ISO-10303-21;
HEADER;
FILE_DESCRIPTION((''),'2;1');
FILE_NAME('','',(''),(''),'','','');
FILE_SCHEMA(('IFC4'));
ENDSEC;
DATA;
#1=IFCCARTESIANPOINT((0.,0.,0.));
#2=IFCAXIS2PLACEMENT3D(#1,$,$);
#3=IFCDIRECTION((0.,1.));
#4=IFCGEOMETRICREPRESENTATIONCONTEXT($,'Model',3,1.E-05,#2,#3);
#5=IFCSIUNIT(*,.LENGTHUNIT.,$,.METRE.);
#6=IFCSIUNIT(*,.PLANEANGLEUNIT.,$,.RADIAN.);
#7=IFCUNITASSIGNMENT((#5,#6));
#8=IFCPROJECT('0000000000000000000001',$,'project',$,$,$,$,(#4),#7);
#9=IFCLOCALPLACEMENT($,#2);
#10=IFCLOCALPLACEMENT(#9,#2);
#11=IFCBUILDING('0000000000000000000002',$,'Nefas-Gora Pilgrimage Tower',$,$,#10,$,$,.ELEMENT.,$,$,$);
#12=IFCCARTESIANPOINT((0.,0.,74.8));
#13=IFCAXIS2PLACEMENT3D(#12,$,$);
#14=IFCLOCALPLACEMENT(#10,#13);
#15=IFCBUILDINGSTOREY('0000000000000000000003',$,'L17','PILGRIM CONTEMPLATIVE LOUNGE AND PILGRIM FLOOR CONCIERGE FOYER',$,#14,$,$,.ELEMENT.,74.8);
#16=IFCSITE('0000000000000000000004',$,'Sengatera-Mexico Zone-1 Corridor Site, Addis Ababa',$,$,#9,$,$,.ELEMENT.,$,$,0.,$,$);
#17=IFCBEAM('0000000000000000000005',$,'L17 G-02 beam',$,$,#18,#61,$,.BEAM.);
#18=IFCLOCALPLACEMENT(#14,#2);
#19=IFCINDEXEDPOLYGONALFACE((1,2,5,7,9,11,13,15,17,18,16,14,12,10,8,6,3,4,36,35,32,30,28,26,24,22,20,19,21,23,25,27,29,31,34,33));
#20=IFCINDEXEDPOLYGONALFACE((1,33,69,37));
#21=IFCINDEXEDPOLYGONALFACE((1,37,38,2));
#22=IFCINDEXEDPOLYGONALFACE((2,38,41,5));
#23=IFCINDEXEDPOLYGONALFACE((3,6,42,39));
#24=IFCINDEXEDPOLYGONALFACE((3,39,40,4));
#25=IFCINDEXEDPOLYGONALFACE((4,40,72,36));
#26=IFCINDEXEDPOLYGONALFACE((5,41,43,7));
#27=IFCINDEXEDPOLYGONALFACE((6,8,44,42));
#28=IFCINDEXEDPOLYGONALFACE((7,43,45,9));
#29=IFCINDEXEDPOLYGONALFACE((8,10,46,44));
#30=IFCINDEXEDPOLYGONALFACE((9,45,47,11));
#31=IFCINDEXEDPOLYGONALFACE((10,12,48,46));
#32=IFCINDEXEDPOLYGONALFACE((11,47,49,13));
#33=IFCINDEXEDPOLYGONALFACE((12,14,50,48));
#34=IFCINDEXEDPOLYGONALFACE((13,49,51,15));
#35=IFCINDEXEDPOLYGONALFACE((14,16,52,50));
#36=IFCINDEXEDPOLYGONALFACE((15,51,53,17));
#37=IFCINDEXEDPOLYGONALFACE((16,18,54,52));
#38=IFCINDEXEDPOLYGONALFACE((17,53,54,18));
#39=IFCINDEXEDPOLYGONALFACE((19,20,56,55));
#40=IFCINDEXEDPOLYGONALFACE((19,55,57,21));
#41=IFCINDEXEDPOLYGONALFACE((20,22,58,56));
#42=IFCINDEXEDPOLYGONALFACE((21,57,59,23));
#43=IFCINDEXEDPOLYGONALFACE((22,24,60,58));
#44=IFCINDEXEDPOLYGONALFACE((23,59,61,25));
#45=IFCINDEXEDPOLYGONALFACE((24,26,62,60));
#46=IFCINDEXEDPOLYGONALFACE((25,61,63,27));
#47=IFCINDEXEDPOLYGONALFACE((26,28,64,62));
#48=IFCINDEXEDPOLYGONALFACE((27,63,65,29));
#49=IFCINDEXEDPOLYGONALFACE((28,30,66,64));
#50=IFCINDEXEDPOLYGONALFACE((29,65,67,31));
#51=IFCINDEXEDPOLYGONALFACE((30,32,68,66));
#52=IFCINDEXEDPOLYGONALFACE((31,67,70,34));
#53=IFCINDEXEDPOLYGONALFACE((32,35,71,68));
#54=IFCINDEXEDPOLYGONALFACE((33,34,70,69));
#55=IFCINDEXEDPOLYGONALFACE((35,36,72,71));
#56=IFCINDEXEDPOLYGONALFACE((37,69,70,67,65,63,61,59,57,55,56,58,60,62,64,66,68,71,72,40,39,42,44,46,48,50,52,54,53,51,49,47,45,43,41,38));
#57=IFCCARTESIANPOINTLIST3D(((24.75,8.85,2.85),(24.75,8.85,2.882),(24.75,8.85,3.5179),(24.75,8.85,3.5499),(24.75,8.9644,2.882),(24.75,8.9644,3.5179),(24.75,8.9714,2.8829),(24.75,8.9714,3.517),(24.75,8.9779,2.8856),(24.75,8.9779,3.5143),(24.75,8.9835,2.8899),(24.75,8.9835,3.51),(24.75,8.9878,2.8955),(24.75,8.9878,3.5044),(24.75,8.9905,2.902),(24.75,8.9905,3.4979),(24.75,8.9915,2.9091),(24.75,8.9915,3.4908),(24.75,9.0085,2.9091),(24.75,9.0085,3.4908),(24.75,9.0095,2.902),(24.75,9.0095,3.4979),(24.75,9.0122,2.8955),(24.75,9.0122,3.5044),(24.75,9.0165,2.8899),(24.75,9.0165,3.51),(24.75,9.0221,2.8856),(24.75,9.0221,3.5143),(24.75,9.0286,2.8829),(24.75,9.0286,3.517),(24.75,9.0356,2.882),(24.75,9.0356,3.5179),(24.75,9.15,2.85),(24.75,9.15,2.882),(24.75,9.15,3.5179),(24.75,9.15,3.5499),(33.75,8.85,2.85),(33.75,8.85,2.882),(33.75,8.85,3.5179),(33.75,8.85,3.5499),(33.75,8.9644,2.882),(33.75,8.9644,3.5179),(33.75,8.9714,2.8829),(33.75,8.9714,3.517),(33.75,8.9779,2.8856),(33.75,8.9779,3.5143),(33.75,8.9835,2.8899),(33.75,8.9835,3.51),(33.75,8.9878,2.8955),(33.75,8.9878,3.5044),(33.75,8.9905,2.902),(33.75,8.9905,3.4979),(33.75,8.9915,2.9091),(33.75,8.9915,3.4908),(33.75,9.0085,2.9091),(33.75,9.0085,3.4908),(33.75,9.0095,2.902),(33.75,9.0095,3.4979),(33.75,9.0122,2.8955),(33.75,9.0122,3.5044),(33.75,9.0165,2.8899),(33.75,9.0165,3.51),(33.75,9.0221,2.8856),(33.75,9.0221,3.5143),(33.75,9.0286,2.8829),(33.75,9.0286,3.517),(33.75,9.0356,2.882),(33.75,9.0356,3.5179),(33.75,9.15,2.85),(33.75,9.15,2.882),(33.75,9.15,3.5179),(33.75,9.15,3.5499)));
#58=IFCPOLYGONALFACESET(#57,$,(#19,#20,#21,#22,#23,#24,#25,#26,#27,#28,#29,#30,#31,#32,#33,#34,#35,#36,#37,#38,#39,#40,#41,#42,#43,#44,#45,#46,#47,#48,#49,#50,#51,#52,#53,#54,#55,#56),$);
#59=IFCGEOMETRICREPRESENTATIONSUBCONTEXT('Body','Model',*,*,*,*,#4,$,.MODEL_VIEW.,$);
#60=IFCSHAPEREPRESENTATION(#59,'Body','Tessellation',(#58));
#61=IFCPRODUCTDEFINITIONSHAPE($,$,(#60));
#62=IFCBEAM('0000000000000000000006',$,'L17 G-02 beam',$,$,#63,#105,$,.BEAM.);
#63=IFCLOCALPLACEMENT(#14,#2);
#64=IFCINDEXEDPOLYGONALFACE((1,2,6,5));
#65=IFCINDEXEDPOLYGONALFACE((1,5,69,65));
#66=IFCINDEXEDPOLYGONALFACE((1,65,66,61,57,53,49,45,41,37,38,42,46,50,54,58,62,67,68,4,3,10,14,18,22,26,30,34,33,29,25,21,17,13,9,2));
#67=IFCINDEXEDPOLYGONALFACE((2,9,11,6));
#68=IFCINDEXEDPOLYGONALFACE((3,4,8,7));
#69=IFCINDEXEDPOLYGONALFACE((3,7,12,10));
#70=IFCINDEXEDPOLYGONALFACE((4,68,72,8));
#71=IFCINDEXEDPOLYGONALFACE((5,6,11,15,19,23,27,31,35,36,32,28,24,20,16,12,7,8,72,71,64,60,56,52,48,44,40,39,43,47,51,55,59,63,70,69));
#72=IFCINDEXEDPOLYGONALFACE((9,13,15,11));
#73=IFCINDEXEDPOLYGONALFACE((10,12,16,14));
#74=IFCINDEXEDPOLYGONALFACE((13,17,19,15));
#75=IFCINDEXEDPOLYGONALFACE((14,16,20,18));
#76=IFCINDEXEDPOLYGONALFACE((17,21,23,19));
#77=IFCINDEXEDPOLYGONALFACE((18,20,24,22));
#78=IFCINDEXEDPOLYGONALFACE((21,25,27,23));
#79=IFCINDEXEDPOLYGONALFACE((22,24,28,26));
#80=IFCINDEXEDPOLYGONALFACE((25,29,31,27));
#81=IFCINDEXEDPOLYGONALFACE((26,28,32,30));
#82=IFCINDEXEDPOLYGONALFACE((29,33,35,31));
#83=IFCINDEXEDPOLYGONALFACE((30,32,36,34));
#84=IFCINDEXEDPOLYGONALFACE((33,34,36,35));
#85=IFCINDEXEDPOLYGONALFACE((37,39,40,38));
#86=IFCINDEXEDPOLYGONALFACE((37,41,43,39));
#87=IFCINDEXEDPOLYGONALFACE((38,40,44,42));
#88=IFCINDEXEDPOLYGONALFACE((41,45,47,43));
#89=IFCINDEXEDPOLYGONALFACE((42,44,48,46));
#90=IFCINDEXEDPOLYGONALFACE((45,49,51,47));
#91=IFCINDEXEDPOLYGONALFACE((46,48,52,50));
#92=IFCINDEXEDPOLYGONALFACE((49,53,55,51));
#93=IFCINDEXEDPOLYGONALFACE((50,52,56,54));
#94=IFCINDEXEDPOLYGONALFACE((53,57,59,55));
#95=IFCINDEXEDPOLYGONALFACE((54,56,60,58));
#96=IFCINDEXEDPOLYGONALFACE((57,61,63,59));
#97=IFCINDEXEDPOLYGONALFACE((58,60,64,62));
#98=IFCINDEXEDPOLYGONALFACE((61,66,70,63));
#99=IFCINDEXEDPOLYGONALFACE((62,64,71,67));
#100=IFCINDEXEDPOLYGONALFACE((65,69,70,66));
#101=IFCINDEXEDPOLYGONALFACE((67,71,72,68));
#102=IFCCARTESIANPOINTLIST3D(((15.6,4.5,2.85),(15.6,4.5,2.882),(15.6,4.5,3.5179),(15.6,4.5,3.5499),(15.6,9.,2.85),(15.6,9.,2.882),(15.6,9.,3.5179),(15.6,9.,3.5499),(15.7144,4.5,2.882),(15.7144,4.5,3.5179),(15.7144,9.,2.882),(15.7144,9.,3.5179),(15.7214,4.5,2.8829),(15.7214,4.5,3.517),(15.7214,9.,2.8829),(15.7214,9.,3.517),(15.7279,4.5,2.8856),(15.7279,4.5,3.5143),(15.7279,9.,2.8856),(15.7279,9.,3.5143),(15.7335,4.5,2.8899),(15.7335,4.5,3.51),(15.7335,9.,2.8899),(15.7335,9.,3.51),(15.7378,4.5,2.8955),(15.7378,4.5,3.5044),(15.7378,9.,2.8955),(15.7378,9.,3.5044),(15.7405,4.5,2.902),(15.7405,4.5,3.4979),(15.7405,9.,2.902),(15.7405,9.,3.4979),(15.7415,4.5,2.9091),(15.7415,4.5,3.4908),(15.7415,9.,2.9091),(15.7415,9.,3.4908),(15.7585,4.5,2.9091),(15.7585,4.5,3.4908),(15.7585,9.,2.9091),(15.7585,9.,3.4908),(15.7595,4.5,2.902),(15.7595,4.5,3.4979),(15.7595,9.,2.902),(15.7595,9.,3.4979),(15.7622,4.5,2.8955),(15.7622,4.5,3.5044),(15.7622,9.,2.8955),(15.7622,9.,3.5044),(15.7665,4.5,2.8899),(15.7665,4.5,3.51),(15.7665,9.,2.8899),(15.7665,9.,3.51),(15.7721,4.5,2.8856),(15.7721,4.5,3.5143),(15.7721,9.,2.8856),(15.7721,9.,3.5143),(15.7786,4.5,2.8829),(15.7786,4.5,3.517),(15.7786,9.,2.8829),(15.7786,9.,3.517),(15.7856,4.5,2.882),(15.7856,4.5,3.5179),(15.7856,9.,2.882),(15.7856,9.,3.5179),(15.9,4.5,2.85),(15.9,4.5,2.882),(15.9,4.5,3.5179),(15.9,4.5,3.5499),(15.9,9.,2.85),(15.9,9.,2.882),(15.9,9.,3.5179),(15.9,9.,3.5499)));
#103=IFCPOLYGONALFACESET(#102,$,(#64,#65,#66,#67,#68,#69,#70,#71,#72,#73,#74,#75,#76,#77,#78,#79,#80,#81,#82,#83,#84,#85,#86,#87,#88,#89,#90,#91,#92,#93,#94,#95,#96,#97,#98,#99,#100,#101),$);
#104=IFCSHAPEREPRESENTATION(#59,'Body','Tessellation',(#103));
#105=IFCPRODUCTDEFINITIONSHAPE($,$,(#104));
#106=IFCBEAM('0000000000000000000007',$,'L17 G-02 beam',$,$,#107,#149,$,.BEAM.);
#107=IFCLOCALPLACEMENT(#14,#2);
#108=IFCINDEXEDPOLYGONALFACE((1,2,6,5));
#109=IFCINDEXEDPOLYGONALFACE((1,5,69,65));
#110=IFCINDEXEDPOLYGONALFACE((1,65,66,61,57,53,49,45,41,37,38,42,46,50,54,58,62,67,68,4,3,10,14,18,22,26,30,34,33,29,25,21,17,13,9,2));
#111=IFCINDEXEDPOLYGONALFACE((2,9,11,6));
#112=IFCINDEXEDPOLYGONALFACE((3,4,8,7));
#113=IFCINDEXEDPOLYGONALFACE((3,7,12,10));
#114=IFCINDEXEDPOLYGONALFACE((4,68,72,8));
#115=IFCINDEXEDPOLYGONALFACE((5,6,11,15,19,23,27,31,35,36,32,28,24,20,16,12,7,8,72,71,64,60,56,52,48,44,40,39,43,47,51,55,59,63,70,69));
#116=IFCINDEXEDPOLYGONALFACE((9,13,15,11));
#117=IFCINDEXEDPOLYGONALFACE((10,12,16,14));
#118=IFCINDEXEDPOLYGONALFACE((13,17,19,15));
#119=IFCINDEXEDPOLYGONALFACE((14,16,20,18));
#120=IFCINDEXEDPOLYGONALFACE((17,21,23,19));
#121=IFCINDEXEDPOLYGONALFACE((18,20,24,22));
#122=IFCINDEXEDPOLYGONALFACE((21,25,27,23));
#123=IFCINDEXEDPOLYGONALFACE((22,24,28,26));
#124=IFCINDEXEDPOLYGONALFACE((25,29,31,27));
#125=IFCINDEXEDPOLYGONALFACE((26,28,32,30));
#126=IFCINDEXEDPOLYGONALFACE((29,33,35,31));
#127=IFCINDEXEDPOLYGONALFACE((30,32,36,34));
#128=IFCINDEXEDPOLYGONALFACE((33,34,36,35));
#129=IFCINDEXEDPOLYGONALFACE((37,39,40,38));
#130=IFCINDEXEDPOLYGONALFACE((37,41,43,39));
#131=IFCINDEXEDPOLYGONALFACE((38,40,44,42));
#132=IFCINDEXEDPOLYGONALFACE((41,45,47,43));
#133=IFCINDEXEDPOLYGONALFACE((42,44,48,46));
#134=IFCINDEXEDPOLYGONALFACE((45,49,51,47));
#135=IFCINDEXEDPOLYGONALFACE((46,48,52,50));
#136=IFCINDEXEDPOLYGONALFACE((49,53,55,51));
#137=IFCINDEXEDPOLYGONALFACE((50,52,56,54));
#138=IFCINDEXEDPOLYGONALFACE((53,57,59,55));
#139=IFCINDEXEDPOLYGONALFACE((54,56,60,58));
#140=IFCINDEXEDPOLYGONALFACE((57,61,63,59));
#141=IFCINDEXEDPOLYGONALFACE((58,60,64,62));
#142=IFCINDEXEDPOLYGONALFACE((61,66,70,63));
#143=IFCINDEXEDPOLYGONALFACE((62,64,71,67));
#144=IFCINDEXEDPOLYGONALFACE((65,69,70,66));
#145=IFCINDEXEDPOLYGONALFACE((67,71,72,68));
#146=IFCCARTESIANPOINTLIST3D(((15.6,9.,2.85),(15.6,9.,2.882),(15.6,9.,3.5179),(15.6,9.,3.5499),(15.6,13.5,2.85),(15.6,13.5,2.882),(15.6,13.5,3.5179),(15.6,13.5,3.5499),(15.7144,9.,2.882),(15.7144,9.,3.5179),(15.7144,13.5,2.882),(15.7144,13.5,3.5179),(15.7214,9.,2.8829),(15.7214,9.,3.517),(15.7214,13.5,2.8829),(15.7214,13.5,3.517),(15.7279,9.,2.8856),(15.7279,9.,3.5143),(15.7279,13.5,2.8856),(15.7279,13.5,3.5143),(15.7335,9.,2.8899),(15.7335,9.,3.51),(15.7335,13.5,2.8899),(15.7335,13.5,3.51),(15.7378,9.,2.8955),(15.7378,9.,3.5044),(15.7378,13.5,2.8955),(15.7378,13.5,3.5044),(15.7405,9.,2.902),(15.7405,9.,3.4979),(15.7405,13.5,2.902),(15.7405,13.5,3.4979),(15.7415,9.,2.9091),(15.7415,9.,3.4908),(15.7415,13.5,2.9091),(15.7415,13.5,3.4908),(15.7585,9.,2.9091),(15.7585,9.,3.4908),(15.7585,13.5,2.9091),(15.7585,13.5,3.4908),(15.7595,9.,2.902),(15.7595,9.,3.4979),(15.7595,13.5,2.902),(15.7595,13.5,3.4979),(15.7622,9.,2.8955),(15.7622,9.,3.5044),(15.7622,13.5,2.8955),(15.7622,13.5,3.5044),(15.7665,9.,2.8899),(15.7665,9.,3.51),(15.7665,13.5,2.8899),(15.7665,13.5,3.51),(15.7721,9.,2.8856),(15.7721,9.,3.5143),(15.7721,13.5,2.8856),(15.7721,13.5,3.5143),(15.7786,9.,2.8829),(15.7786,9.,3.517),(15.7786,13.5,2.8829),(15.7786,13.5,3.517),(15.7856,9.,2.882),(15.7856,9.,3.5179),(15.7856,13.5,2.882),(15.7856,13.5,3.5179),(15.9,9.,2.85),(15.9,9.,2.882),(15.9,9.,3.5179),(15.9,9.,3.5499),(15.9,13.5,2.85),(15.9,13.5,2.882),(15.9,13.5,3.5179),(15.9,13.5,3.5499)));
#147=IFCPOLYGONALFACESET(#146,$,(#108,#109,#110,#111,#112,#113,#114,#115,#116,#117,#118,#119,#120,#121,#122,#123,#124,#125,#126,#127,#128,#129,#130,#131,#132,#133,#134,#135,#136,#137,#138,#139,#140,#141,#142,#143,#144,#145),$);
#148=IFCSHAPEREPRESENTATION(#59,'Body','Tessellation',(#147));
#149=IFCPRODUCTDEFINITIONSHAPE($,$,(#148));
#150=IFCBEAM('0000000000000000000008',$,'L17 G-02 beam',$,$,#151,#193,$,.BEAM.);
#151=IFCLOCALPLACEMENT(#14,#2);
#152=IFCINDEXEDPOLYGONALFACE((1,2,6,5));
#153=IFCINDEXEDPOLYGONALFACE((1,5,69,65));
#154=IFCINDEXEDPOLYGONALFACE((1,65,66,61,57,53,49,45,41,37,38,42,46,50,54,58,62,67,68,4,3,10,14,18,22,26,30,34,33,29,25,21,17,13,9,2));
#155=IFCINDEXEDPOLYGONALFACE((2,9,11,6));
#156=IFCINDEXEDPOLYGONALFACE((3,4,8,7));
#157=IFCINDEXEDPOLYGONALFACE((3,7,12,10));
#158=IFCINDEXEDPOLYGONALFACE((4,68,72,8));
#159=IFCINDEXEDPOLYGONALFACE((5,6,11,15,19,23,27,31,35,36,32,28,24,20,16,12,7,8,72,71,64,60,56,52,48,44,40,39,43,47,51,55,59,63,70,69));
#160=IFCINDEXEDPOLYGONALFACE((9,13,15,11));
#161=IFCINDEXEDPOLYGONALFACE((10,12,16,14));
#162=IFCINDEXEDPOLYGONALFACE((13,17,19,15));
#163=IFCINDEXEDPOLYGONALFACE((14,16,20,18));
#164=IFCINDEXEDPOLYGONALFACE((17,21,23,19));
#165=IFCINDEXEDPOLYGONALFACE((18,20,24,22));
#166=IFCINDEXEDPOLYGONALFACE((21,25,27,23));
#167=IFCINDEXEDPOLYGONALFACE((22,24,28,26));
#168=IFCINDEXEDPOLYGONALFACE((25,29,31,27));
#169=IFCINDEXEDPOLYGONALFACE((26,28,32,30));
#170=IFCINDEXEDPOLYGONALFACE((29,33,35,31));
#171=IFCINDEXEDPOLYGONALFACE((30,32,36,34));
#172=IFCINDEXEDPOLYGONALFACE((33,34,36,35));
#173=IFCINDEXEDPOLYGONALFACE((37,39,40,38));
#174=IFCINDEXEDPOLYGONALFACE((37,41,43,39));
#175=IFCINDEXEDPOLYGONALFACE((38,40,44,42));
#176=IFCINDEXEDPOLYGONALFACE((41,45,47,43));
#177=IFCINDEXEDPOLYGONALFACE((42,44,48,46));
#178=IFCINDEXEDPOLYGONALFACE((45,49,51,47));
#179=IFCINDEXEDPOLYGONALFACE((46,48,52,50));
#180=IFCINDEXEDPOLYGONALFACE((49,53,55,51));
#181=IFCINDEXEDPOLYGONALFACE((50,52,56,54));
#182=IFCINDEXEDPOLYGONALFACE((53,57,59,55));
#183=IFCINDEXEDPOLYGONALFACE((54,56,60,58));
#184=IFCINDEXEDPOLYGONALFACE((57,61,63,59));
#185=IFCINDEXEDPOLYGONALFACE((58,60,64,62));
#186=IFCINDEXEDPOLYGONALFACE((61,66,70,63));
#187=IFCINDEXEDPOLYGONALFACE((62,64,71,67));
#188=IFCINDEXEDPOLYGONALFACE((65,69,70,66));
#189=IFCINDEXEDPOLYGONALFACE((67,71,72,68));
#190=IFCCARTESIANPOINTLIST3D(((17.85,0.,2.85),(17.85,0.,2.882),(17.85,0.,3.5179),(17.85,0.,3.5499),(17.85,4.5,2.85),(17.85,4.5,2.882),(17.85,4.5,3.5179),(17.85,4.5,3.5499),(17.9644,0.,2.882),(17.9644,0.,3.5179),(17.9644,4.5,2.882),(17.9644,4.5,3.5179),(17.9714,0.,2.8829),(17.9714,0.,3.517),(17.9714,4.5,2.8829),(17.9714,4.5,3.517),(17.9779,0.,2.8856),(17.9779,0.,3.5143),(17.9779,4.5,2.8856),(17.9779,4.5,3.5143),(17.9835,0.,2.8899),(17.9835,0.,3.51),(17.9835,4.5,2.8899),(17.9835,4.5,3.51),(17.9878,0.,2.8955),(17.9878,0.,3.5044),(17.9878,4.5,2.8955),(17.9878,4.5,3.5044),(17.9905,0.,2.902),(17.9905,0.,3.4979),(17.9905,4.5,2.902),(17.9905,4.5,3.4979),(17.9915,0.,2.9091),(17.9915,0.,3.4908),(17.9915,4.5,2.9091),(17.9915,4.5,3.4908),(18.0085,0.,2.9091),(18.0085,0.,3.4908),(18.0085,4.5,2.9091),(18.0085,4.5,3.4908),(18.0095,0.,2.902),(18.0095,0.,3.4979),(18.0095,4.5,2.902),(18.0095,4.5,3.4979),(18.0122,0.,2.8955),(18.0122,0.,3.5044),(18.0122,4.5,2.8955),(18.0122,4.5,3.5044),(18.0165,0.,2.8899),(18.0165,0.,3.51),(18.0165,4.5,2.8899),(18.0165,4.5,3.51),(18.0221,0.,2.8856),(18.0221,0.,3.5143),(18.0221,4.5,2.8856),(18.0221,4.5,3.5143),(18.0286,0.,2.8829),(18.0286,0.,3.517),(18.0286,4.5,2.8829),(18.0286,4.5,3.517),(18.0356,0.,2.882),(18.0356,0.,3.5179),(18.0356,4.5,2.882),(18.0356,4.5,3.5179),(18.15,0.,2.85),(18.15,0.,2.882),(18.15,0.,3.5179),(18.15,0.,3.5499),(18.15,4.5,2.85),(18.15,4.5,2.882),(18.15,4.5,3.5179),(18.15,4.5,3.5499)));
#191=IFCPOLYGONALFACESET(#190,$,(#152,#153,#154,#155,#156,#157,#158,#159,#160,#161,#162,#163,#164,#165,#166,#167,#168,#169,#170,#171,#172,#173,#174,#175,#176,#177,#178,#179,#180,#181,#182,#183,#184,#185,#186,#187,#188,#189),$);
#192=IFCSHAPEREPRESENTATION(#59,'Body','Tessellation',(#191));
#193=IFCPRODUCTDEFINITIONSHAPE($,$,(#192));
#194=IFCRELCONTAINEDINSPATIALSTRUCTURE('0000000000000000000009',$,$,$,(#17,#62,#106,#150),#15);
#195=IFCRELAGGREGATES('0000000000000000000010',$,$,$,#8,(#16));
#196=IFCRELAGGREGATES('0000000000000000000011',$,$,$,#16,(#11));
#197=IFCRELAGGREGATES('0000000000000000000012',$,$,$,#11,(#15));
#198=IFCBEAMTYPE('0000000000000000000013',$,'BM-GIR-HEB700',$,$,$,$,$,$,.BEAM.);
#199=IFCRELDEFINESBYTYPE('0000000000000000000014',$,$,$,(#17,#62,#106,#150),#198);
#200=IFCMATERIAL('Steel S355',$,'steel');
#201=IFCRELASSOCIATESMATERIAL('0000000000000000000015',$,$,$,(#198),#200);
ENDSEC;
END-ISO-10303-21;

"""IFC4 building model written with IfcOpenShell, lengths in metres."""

from ifc_helpers import new_model, si_unit, direction, frame, origin, origin_2d, place, context, subcontext, project, spatial, i_section, extrude, source, transform, mapped, material, material_profile, profile_set, type_object, element, save


model = new_model("IFC4")

# Units and contexts
model_context = context("Model", 3, precision=1e-05, world=origin(), true_north=direction((0.0, 1.0)))
body_context = subcontext(model_context, "Body", "Model", "MODEL_VIEW")
ifc_project = project(units=[si_unit("LENGTHUNIT", "METRE"), si_unit("PLANEANGLEUNIT", "RADIAN")], contexts=[model_context])

# Site, building, storey
site_placement = place(None, origin())
site = spatial("IfcSite", under=ifc_project, at=site_placement, Name="Sengatera-Mexico Zone-1 Corridor Site, Addis Ababa", CompositionType="ELEMENT", RefElevation=0.0)
building_placement = place(site_placement, origin())
building = spatial("IfcBuilding", under=site, at=building_placement, Name="Nefas-Gora Pilgrimage Tower", CompositionType="ELEMENT")
storey_placement = place(building_placement, frame((0.0, 0.0, 74.8)))
storey = spatial("IfcBuildingStorey", under=building, at=storey_placement, Name="L17", Description="PILGRIM CONTEMPLATIVE LOUNGE AND PILGRIM FLOOR CONCIERGE FOYER", CompositionType="ELEMENT", Elevation=74.8)

# Beams
ifc_material_1 = material(Name="Steel S355", Category="steel")
ifc_material_profile_1 = material_profile(ifc_material_1, i_section(OverallWidth=0.3, OverallDepth=0.7, WebThickness=0.0171, FlangeThickness=0.032, FilletRadius=0.0271, at=origin_2d()), Name="HEB 700")
ifc_profile_set_1 = profile_set([ifc_material_profile_1], Name="Steel S355")
beam_type_1 = type_object("IfcBeamType", Name="BM-GIR-HEB700", PredefinedType="BEAM", material=ifc_profile_set_1)
shared_shape_1 = source(origin(), body_context, "Body", "SweptSolid", [
    extrude(i_section(OverallWidth=0.3, OverallDepth=0.7, WebThickness=0.0171, FlangeThickness=0.032, FilletRadius=0.0271, at=origin_2d()), origin(), (0.0, 0.0, 1.0), 9.0),
])
for number, where, z_axis, x_axis, name in (
    (1, (24.75, 9.0, 3.2), (1.0, 0.0, 0.0), (0.0, 1.0, 0.0), "L17 G-02 beam"),
):
    element("IfcBeam", number, at=place(storey_placement, frame(where, z_axis=z_axis, x_axis=x_axis)), inside=storey, type_object=beam_type_1, Name=name, PredefinedType="BEAM", context=body_context, shape_type="MappedRepresentation", body=[
        mapped(shared_shape_1, transform((0.0, 0.0, 0.0), x_axis=(1.0, 0.0, 0.0), y_axis=(0.0, 1.0, 0.0), z_axis=(0.0, 0.0, 1.0), scale=1.0)),
    ])
shared_shape_2 = source(origin(), body_context, "Body", "SweptSolid", [
    extrude(i_section(OverallWidth=0.3, OverallDepth=0.7, WebThickness=0.0171, FlangeThickness=0.032, FilletRadius=0.0271, at=origin_2d()), origin(), (0.0, 0.0, 1.0), 4.5),
])
for number, where, z_axis, x_axis, name in (
    (2, (15.75, 4.5, 3.2), (0.0, 1.0, 0.0), (-1.0, 0.0, 0.0), "L17 G-02 beam"),
    (3, (15.75, 9.0, 3.2), (0.0, 1.0, 0.0), (-1.0, 0.0, 0.0), "L17 G-02 beam"),
    (4, (18.0, 0.0, 3.2), (0.0, 1.0, 0.0), (-1.0, 0.0, 0.0), "L17 G-02 beam"),
):
    element("IfcBeam", number, at=place(storey_placement, frame(where, z_axis=z_axis, x_axis=x_axis)), inside=storey, type_object=beam_type_1, Name=name, PredefinedType="BEAM", context=body_context, shape_type="MappedRepresentation", body=[
        mapped(shared_shape_2, transform((0.0, 0.0, 0.0), x_axis=(1.0, 0.0, 0.0), y_axis=(0.0, 1.0, 0.0), z_axis=(0.0, 0.0, 1.0), scale=1.0)),
    ])

save(model, "model.ifc")
